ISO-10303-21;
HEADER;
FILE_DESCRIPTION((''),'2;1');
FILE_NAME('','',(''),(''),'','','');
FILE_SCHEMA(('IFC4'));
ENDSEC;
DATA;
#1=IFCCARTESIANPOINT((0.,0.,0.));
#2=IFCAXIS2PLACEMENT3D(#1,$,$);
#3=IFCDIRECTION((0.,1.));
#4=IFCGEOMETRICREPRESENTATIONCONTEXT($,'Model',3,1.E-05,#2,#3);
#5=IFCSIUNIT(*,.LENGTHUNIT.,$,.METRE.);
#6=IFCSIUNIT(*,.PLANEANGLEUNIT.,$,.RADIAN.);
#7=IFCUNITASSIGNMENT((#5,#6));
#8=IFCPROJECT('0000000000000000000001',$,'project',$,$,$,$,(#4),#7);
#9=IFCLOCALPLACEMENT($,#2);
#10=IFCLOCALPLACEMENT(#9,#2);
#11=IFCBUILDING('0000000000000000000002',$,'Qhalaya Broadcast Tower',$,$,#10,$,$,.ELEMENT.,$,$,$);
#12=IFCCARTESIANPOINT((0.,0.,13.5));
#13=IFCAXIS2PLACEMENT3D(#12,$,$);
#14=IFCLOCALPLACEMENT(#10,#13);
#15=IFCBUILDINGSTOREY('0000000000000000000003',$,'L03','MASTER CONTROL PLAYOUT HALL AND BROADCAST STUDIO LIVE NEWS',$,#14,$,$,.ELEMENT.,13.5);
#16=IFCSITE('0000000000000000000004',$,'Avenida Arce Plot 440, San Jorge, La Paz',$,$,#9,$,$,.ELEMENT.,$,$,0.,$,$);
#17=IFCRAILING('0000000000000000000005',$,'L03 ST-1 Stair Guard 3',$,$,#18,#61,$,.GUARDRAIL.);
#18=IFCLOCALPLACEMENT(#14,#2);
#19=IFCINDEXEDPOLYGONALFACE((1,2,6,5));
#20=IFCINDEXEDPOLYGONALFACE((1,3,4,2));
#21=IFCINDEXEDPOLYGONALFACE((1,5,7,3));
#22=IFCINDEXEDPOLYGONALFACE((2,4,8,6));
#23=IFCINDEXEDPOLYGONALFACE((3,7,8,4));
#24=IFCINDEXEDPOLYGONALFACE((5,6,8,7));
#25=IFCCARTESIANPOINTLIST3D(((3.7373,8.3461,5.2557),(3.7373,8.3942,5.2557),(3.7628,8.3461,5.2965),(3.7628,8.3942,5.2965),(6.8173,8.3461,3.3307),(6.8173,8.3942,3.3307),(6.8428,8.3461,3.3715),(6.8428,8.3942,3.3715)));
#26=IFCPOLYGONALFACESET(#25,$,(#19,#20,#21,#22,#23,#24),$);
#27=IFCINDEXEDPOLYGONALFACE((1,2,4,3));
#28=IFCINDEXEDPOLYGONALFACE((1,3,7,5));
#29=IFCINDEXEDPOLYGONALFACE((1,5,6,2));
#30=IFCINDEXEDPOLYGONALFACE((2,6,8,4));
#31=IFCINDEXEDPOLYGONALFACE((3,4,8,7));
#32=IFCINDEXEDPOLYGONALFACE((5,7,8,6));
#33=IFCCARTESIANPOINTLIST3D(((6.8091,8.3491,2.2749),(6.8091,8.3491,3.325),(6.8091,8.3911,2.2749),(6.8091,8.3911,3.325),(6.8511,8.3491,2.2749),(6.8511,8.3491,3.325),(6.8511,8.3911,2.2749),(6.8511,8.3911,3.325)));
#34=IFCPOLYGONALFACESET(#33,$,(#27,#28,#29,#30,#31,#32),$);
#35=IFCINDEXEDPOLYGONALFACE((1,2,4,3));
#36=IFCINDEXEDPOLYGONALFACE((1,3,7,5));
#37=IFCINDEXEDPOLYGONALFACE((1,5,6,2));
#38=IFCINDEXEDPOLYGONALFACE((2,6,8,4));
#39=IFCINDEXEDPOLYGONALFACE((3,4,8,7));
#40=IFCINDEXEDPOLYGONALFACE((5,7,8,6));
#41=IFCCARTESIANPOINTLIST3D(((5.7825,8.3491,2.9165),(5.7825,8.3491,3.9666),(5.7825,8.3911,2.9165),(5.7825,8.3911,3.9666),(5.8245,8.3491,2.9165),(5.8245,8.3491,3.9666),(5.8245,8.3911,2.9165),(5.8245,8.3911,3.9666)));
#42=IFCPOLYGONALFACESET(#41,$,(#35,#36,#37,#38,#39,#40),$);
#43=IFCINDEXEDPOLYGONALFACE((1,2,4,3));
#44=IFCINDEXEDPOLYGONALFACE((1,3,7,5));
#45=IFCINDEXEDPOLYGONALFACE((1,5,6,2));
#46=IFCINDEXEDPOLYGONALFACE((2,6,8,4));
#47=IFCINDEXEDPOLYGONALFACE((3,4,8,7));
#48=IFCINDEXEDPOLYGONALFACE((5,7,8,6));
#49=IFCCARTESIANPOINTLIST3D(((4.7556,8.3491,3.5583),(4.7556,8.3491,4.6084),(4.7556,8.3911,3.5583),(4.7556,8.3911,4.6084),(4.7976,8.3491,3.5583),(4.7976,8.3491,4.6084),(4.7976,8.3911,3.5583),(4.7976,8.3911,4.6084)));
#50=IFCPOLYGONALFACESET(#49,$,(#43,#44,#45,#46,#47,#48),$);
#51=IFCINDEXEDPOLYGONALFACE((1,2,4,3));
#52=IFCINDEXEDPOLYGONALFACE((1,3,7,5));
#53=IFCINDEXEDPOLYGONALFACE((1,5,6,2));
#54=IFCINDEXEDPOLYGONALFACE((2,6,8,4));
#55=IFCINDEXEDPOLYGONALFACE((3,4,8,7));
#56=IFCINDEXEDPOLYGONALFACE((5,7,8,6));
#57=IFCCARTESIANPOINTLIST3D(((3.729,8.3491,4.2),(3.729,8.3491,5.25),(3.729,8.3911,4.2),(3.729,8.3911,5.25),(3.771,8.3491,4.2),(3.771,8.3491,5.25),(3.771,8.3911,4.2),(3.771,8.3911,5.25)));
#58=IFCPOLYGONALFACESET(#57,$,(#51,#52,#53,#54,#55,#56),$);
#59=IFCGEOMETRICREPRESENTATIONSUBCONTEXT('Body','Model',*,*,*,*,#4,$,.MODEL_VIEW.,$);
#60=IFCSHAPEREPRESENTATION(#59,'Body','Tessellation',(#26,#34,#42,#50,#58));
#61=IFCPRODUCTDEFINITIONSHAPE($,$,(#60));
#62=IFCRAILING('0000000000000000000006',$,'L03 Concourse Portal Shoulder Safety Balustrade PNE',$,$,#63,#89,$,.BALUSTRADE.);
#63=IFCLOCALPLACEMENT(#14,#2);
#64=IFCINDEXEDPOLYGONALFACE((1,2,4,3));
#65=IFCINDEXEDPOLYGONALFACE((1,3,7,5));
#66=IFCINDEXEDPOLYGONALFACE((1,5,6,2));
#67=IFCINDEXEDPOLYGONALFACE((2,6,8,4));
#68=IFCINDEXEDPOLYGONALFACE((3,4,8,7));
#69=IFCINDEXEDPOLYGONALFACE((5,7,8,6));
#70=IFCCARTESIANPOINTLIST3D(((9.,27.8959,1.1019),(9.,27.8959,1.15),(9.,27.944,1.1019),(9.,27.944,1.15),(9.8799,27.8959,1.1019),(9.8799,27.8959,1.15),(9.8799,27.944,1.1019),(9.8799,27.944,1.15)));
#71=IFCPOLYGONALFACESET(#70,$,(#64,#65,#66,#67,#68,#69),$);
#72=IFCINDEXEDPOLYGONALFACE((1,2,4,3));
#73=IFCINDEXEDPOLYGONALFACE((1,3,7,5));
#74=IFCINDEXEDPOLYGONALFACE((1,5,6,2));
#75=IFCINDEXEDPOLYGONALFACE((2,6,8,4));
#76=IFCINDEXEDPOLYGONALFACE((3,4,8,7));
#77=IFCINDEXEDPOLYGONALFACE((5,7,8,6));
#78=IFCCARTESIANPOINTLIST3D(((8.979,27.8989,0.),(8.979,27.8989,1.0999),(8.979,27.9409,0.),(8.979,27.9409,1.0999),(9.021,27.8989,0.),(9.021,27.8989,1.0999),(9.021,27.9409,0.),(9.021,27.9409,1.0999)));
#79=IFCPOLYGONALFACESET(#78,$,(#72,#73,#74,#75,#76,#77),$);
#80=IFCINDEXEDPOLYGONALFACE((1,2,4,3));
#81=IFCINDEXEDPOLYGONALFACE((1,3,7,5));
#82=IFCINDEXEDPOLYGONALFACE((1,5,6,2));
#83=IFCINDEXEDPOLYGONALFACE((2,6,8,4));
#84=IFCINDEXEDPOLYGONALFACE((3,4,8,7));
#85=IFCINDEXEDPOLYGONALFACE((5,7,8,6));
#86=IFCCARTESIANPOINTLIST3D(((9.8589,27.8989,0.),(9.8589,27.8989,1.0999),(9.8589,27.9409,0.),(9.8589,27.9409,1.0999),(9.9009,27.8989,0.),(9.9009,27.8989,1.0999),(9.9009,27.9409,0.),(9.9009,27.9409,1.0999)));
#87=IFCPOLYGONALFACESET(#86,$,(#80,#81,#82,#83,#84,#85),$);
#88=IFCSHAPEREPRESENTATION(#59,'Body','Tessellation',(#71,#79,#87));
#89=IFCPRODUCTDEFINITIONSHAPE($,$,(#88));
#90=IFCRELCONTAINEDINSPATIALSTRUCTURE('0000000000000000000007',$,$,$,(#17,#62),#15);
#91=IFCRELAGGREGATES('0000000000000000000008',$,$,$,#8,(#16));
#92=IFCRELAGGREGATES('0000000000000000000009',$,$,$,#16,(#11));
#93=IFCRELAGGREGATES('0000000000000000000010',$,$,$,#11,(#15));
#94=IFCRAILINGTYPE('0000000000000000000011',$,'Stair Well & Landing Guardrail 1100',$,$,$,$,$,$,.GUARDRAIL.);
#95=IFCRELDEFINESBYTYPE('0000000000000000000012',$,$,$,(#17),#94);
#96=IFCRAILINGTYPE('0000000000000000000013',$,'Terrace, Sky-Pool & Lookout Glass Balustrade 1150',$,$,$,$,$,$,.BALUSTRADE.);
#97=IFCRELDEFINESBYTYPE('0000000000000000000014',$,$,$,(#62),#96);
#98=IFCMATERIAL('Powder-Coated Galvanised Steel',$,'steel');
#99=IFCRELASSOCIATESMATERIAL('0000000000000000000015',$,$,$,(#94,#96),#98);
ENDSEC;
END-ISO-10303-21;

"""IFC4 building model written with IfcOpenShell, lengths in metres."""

from ifc_helpers import new_model, si_unit, direction, frame, origin, origin_2d, place, context, subcontext, project, spatial, rectangle, extrude, material, type_object, element, save


model = new_model("IFC4")

# Units and contexts
model_context = context("Model", 3, precision=1e-05, world=origin(), true_north=direction((0.0, 1.0)))
body_context = subcontext(model_context, "Body", "Model", "MODEL_VIEW")
ifc_project = project(units=[si_unit("LENGTHUNIT", "METRE"), si_unit("PLANEANGLEUNIT", "RADIAN")], contexts=[model_context])

# Site, building, storey
site_placement = place(None, origin())
site = spatial("IfcSite", under=ifc_project, at=site_placement, Name="Avenida Arce Plot 440, San Jorge, La Paz", CompositionType="ELEMENT", RefElevation=0.0)
building_placement = place(site_placement, origin())
building = spatial("IfcBuilding", under=site, at=building_placement, Name="Qhalaya Broadcast Tower", CompositionType="ELEMENT")
storey_placement = place(building_placement, frame((0.0, 0.0, 13.5)))
storey = spatial("IfcBuildingStorey", under=building, at=storey_placement, Name="L03", Description="MASTER CONTROL PLAYOUT HALL AND BROADCAST STUDIO LIVE NEWS", CompositionType="ELEMENT", Elevation=13.5)

# Railings
ifc_material_1 = material(Name="Powder-Coated Galvanised Steel", Category="steel")
railing_type_1 = type_object("IfcRailingType", Name="Stair Well & Landing Guardrail 1100", PredefinedType="GUARDRAIL", material=ifc_material_1)
railing_1_placement = place(storey_placement, frame((6.8301, 8.3701, 2.2749)))
element("IfcRailing", 1, at=railing_1_placement, inside=storey, type_object=railing_type_1, Name="L03 ST-1 Stair Guard 3", PredefinedType="GUARDRAIL", context=body_context, shape_type="SweptSolid", body=[
    extrude(rectangle(XDim=0.0481, YDim=0.0481, at=origin_2d()), frame((0.0, 0.0, 1.0762), z_axis=(-0.847998, 0.0, 0.529999), x_axis=(0.0, -1.0, 0.0)), (0.0, 0.0, 1.0), 3.6321),
    extrude(rectangle(XDim=0.042, YDim=0.042, at=origin_2d()), origin(), (0.0, 0.0, 1.0), 1.05),
    extrude(rectangle(XDim=0.042, YDim=0.042, at=origin_2d()), frame((-1.0266, 0.0, 0.6416)), (0.0, 0.0, 1.0), 1.05),
    extrude(rectangle(XDim=0.042, YDim=0.042, at=origin_2d()), frame((-2.0535, 0.0, 1.2834)), (0.0, 0.0, 1.0), 1.05),
    extrude(rectangle(XDim=0.042, YDim=0.042, at=origin_2d()), frame((-3.0801, 0.0, 1.925)), (0.0, 0.0, 1.0), 1.05),
])
railing_type_2 = type_object("IfcRailingType", Name="Terrace, Sky-Pool & Lookout Glass Balustrade 1150", PredefinedType="BALUSTRADE", material=ifc_material_1)
railing_2_placement = place(storey_placement, frame((9.0, 27.9199, 0.0)))
element("IfcRailing", 2, at=railing_2_placement, inside=storey, type_object=railing_type_2, Name="L03 Concourse Portal Shoulder Safety Balustrade PNE", PredefinedType="BALUSTRADE", context=body_context, shape_type="SweptSolid", body=[
    extrude(rectangle(XDim=0.0481, YDim=0.0481, at=origin_2d()), frame((0.0, 0.0, 1.126), z_axis=(1.0, 0.0, 0.0), x_axis=(0.0, 1.0, 0.0)), (0.0, 0.0, 1.0), 0.8799),
    extrude(rectangle(XDim=0.042, YDim=0.042, at=origin_2d()), origin(), (0.0, 0.0, 1.0), 1.0999),
    extrude(rectangle(XDim=0.042, YDim=0.042, at=origin_2d()), frame((0.8799, 0.0, 0.0)), (0.0, 0.0, 1.0), 1.0999),
])

save(model, "model.ifc")
